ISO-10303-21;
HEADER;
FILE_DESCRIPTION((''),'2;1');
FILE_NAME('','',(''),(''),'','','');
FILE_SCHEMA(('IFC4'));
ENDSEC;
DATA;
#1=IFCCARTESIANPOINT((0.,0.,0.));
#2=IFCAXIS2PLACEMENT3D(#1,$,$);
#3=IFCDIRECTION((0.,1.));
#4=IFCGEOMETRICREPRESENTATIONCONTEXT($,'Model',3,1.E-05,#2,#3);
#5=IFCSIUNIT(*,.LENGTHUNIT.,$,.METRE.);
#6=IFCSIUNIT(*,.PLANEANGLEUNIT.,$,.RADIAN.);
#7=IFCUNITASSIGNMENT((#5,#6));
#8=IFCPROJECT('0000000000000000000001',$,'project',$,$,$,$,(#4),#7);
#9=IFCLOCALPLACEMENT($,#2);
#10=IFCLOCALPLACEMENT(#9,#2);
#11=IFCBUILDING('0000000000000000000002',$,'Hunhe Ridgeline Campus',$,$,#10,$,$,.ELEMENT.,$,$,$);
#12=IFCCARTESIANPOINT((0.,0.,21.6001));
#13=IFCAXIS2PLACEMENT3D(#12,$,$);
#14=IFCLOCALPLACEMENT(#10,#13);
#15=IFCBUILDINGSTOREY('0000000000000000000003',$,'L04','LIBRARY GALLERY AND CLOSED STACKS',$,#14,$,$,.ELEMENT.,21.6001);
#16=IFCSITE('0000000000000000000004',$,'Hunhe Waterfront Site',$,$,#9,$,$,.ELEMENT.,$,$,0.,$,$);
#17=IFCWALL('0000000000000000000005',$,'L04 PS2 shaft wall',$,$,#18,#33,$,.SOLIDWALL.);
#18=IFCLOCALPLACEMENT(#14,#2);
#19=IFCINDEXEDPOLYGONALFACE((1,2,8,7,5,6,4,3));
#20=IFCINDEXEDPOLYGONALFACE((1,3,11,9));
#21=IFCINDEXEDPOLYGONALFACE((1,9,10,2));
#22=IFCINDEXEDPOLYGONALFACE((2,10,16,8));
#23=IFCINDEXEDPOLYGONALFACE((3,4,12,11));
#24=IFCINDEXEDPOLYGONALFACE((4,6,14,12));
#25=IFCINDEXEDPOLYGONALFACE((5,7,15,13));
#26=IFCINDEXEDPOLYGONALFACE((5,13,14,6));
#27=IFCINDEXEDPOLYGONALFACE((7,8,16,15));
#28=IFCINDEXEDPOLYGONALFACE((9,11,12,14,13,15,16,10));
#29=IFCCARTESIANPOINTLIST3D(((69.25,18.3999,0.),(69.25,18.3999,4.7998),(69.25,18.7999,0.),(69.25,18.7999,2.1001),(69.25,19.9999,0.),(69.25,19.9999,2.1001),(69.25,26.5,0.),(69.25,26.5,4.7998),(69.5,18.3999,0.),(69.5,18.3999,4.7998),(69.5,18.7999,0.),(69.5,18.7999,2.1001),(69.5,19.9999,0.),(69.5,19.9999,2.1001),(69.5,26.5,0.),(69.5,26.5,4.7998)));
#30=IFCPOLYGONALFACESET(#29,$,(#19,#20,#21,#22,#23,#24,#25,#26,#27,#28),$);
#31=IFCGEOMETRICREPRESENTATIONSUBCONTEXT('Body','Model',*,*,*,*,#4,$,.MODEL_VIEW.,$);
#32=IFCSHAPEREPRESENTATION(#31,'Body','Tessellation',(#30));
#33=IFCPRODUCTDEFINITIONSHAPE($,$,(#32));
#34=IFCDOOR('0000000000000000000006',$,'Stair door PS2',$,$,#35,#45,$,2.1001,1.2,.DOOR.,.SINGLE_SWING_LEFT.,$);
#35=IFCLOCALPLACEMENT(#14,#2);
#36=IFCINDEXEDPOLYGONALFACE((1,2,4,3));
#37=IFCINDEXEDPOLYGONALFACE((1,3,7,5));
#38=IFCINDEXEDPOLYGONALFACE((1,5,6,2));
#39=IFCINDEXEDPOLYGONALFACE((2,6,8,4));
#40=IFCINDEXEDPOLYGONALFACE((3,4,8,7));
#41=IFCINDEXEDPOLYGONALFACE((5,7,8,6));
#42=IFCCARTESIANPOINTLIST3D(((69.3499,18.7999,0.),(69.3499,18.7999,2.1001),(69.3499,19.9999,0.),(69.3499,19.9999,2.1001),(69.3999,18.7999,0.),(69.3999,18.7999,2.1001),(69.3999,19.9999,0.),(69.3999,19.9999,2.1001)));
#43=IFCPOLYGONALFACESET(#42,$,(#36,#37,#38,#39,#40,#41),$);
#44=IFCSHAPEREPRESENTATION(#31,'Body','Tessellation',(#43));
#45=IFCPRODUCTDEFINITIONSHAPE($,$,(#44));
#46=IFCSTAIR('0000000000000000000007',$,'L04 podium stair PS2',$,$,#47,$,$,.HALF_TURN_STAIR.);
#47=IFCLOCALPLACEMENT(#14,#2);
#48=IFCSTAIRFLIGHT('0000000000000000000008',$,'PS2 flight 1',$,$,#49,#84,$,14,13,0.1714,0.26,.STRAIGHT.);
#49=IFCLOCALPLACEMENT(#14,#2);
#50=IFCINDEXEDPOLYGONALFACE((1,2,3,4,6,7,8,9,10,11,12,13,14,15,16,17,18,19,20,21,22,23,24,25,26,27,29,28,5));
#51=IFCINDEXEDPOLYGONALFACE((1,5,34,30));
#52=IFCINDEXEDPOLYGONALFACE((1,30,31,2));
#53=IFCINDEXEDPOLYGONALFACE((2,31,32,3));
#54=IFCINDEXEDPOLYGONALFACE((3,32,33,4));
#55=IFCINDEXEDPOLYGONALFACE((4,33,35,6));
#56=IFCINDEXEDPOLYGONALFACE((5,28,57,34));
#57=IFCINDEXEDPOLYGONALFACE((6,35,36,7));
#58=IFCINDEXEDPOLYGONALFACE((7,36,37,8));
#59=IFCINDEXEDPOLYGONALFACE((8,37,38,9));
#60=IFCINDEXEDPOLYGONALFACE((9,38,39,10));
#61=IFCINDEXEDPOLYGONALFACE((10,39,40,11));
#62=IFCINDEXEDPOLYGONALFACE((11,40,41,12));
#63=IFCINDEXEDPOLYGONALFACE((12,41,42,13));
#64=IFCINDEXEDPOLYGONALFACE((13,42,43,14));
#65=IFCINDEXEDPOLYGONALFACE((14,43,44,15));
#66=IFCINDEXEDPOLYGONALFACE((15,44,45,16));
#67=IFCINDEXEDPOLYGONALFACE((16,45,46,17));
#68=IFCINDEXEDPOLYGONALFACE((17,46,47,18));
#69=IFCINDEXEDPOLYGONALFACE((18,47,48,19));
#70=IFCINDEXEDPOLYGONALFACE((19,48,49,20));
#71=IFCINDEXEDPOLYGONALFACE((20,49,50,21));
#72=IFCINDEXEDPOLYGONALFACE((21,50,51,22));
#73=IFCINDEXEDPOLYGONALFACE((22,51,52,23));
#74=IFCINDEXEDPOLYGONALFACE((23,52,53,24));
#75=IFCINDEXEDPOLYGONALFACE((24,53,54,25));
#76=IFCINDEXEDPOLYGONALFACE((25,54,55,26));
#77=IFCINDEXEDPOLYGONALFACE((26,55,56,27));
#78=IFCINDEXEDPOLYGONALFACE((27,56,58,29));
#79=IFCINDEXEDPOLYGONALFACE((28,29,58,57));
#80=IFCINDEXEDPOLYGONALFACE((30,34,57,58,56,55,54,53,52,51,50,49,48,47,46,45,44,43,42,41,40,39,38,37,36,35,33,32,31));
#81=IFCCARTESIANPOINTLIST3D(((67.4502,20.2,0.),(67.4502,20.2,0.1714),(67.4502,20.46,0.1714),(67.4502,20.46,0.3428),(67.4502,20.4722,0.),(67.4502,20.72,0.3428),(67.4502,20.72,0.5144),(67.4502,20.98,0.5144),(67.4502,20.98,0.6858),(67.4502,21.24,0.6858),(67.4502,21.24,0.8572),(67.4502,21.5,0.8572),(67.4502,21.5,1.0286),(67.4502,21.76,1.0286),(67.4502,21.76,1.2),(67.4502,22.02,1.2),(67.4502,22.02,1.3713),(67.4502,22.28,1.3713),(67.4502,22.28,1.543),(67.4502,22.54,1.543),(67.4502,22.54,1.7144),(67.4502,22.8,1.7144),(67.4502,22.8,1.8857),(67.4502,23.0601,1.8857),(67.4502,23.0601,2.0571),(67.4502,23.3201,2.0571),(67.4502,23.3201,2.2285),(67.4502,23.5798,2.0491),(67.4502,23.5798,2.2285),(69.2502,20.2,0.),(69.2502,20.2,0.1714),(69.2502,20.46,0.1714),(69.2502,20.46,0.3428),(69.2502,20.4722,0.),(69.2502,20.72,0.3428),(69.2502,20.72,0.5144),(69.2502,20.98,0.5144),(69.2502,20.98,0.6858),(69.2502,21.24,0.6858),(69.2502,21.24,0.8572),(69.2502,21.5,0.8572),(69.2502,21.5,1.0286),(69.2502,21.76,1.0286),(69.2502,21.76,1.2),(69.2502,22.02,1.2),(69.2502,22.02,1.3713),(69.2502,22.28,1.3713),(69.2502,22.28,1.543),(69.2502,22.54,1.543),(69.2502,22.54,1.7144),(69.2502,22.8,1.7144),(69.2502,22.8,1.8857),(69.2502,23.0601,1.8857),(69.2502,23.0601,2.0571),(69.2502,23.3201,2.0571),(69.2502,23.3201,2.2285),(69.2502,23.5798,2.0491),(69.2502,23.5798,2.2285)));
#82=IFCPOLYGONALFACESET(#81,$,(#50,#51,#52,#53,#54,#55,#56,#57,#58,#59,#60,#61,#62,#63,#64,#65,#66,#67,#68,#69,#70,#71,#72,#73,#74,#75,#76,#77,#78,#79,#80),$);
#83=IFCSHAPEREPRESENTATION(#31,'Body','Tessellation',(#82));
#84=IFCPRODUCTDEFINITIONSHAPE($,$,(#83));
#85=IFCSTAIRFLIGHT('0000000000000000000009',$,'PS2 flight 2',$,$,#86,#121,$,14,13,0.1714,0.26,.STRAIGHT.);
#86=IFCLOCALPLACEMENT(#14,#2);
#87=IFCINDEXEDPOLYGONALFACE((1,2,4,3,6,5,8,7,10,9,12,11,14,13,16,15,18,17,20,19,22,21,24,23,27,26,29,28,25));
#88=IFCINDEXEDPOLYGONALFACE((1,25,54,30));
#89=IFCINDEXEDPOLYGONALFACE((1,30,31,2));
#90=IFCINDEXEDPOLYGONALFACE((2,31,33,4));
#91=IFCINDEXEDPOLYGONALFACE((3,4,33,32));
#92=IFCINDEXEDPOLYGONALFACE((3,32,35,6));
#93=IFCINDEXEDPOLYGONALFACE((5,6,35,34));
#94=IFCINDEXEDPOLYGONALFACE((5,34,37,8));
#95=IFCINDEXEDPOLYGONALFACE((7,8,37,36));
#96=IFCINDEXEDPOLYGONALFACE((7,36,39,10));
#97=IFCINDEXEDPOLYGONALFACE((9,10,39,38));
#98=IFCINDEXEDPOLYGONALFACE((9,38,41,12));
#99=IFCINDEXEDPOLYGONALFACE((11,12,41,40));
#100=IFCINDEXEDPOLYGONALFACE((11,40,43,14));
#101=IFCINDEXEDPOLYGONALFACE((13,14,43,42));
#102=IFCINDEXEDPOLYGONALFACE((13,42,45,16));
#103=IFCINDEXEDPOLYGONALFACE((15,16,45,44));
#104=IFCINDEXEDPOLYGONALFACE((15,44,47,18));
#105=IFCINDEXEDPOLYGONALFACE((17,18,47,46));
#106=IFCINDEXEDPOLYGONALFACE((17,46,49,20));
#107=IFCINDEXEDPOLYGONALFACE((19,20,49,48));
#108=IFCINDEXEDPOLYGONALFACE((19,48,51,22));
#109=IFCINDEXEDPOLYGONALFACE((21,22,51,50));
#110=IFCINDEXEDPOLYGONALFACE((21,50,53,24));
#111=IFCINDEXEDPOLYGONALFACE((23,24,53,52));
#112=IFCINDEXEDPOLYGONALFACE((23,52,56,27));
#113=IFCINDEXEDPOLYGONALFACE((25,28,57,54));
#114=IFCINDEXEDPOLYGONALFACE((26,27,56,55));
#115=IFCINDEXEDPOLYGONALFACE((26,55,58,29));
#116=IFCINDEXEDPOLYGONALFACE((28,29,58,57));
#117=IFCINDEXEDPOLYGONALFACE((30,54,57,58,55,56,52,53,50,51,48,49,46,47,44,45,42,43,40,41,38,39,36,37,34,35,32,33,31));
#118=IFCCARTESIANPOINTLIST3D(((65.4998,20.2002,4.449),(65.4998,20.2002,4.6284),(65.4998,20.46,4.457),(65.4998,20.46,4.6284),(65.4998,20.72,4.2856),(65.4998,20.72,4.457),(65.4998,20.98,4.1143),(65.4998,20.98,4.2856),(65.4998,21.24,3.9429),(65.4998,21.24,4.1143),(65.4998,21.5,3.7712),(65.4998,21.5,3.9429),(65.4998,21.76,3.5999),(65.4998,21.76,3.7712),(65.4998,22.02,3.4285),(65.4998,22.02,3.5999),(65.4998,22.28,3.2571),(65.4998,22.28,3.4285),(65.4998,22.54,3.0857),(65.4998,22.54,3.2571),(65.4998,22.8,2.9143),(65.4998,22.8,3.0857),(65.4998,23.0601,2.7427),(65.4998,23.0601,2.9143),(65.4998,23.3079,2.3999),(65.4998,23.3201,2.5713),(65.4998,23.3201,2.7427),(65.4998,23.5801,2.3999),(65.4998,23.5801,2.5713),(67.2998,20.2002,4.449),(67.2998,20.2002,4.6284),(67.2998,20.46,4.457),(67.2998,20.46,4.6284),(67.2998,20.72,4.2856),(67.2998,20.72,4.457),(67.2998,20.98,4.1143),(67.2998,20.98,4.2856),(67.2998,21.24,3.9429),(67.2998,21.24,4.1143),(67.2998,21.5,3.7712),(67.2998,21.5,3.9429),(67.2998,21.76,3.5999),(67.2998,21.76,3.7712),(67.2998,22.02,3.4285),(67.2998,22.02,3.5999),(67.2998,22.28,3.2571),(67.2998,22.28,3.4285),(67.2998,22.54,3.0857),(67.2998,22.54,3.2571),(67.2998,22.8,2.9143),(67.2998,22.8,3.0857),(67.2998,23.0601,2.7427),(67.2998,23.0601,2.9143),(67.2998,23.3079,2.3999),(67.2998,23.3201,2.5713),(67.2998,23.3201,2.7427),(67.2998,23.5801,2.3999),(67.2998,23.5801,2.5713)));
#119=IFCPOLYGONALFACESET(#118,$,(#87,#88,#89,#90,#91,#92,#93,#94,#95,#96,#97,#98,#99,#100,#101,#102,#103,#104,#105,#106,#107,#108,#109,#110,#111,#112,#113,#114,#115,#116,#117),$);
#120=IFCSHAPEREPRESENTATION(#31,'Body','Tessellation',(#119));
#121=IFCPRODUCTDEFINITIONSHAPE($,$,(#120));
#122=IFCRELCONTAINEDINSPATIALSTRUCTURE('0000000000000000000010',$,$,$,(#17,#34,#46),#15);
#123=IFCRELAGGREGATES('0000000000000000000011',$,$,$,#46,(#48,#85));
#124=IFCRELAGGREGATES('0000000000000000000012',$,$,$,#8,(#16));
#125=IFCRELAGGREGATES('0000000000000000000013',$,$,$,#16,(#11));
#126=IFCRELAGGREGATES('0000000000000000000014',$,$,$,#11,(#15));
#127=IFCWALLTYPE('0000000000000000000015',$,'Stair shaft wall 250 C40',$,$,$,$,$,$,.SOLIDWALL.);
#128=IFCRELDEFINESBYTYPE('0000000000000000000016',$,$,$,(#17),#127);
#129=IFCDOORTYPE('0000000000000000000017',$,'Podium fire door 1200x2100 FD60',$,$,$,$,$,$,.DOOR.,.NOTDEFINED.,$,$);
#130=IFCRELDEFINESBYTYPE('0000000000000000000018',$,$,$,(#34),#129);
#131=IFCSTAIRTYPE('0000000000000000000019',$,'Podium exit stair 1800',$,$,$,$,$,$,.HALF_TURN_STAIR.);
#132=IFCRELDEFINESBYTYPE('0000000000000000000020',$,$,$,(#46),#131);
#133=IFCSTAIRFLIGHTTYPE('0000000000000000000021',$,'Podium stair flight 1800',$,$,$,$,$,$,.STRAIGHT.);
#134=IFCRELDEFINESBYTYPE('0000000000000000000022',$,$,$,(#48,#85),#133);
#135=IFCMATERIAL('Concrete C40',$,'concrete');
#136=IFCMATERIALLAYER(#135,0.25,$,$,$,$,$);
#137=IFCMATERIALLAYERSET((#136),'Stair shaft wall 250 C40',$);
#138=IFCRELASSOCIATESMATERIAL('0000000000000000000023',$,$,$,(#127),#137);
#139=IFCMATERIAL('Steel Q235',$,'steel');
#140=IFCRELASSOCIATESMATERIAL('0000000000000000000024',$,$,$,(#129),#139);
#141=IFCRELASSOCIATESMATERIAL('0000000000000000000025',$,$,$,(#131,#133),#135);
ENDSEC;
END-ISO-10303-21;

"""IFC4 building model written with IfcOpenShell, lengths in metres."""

from ifc_helpers import new_model, si_unit, direction, frame, frame_2d, origin, place, context, subcontext, project, spatial, polyline, rectangle, outline, extrude, material, layer, layer_set, type_object, element, fill, aggregate, save


model = new_model("IFC4")

# Units and contexts
model_context = context("Model", 3, precision=1e-05, world=origin(), true_north=direction((0.0, 1.0)))
body_context = subcontext(model_context, "Body", "Model", "MODEL_VIEW")
ifc_project = project(units=[si_unit("LENGTHUNIT", "METRE"), si_unit("PLANEANGLEUNIT", "RADIAN")], contexts=[model_context])

# Site, building, storey
site_placement = place(None, origin())
site = spatial("IfcSite", under=ifc_project, at=site_placement, Name="Hunhe Waterfront Site", CompositionType="ELEMENT", RefElevation=0.0)
building_placement = place(site_placement, origin())
building = spatial("IfcBuilding", under=site, at=building_placement, Name="Hunhe Ridgeline Campus", CompositionType="ELEMENT")
storey_placement = place(building_placement, frame((0.0, 0.0, 21.6001)))
storey = spatial("IfcBuildingStorey", under=building, at=storey_placement, Name="L04", Description="LIBRARY GALLERY AND CLOSED STACKS", CompositionType="ELEMENT", Elevation=21.6001)

# Shared definitions
ifc_material_1 = material(Name="Concrete C40", Category="concrete")

# Wall, opening, door
ifc_layer_1 = layer(ifc_material_1, 0.25)
ifc_layer_set_1 = layer_set([ifc_layer_1], Name="Stair shaft wall 250 C40")
wall_type_1 = type_object("IfcWallType", Name="Stair shaft wall 250 C40", PredefinedType="SOLIDWALL", material=ifc_layer_set_1)
wall_1_placement = place(storey_placement, frame((69.375, 26.5, 0.0), z_axis=(0.0, 0.0, 1.0), x_axis=(0.0, -1.0, 0.0)))
wall_1 = element("IfcWall", 1, at=wall_1_placement, inside=storey, type_object=wall_type_1, Name="L04 PS2 shaft wall", PredefinedType="SOLIDWALL", context=body_context, shape_type="SweptSolid", body=[
    extrude(rectangle(XDim=8.1001, YDim=0.25, at=frame_2d((4.05, 0.0))), origin(), (0.0, 0.0, 1.0), 4.7998),
])
opening_placement = place(wall_1_placement, frame((6.5, 0.0, 0.0)))
opening = element("IfcOpeningElement", 2, at=opening_placement, cuts=wall_1, PredefinedType="OPENING", context=body_context, shape_type="SweptSolid", body=[
    extrude(rectangle(XDim=1.2, YDim=2.1001, at=frame_2d((0.6001, 1.05))), frame((0.0, 0.125, 0.0), z_axis=(0.0, -1.0, 0.0), x_axis=(1.0, 0.0, 0.0)), (0.0, 0.0, 1.0), 0.25),
])
ifc_material_2 = material(Name="Steel Q235", Category="steel")
door_type = type_object("IfcDoorType", Name="Podium fire door 1200x2100 FD60", OperationType="NOTDEFINED", PredefinedType="DOOR", material=ifc_material_2)
door_placement = place(opening_placement, origin())
door = element("IfcDoor", 3, at=door_placement, inside=storey, type_object=door_type, Name="Stair door PS2", OperationType="SINGLE_SWING_LEFT", OverallHeight=2.1001, OverallWidth=1.2, PredefinedType="DOOR", context=body_context, shape_type="SweptSolid", body=[
    extrude(rectangle(XDim=1.2, YDim=2.1001, at=frame_2d((0.6001, 1.05))), frame((0.0, 0.0249, 0.0), z_axis=(0.0, -1.0, 0.0), x_axis=(1.0, 0.0, 0.0)), (0.0, 0.0, 1.0), 0.05),
])
fill(opening, door)

# Stair, stair flights
stair_type = type_object("IfcStairType", Name="Podium exit stair 1800", PredefinedType="HALF_TURN_STAIR", material=ifc_material_1)
stair_placement = place(storey_placement, origin())
stair = element("IfcStair", 4, at=stair_placement, inside=storey, type_object=stair_type, Name="L04 podium stair PS2", PredefinedType="HALF_TURN_STAIR")
stair_flight_type = type_object("IfcStairFlightType", Name="Podium stair flight 1800", PredefinedType="STRAIGHT", material=ifc_material_1)
stair_flight_1_placement = place(storey_placement, frame((68.3501, 20.2, 0.0), z_axis=(0.0, 0.0, 1.0), x_axis=(0.0, 1.0, 0.0)))
stair_flight_1 = element("IfcStairFlight", 5, at=stair_flight_1_placement, type_object=stair_flight_type, Name="PS2 flight 1", NumberOfRisers=14, NumberOfTreads=13, PredefinedType="STRAIGHT", RiserHeight=0.1714, TreadLength=0.26, context=body_context, shape_type="SweptSolid", body=[
    extrude(outline(polyline([(0.0, 0.0), (0.0, 0.1714), (0.26, 0.1714), (0.26, 0.3428), (0.52, 0.3428), (0.52, 0.5144), (0.78, 0.5144), (0.78, 0.6858), (1.04, 0.6858), (1.04, 0.8572), (1.3, 0.8572), (1.3, 1.0286), (1.5601, 1.0286), (1.5601, 1.2), (1.8201, 1.2), (1.8201, 1.3713), (2.0801, 1.3713), (2.0801, 1.543), (2.3401, 1.543), (2.3401, 1.7144), (2.6001, 1.7144), (2.6001, 1.8857), (2.8601, 1.8857), (2.8601, 2.0571), (3.1201, 2.0571), (3.1201, 2.2285), (3.3799, 2.2285), (3.3799, 2.3999), (3.3799, 2.0491), (0.2722, 0.0), (0.0, 0.0)])), frame((0.0, 0.8999, 0.0), z_axis=(0.0, -1.0, 0.0), x_axis=(1.0, 0.0, 0.0)), (0.0, 0.0, 1.0), 1.8),
])
stair_flight_2_placement = place(storey_placement, frame((66.3999, 23.5801, 2.3999), z_axis=(0.0, 0.0, 1.0), x_axis=(0.0, -1.0, 0.0)))
stair_flight_2 = element("IfcStairFlight", 6, at=stair_flight_2_placement, type_object=stair_flight_type, Name="PS2 flight 2", NumberOfRisers=14, NumberOfTreads=13, PredefinedType="STRAIGHT", RiserHeight=0.1714, TreadLength=0.26, context=body_context, shape_type="SweptSolid", body=[
    extrude(outline(polyline([(0.0, 0.0), (0.0, 0.1714), (0.26, 0.1714), (0.26, 0.3428), (0.52, 0.3428), (0.52, 0.5144), (0.78, 0.5144), (0.78, 0.6858), (1.04, 0.6858), (1.04, 0.8572), (1.3, 0.8572), (1.3, 1.0286), (1.5601, 1.0286), (1.5601, 1.2), (1.8201, 1.2), (1.8201, 1.3713), (2.0801, 1.3713), (2.0801, 1.543), (2.3401, 1.543), (2.3401, 1.7144), (2.6001, 1.7144), (2.6001, 1.8857), (2.8601, 1.8857), (2.8601, 2.0571), (3.1201, 2.0571), (3.1201, 2.2285), (3.3799, 2.2285), (3.3799, 2.3999), (3.3799, 2.0491), (0.2722, 0.0), (0.0, 0.0)])), frame((0.0, 0.8999, 0.0), z_axis=(0.0, -1.0, 0.0), x_axis=(1.0, 0.0, 0.0)), (0.0, 0.0, 1.0), 1.8),
])
aggregate(stair, [stair_flight_1, stair_flight_2])

save(model, "model.ifc")
